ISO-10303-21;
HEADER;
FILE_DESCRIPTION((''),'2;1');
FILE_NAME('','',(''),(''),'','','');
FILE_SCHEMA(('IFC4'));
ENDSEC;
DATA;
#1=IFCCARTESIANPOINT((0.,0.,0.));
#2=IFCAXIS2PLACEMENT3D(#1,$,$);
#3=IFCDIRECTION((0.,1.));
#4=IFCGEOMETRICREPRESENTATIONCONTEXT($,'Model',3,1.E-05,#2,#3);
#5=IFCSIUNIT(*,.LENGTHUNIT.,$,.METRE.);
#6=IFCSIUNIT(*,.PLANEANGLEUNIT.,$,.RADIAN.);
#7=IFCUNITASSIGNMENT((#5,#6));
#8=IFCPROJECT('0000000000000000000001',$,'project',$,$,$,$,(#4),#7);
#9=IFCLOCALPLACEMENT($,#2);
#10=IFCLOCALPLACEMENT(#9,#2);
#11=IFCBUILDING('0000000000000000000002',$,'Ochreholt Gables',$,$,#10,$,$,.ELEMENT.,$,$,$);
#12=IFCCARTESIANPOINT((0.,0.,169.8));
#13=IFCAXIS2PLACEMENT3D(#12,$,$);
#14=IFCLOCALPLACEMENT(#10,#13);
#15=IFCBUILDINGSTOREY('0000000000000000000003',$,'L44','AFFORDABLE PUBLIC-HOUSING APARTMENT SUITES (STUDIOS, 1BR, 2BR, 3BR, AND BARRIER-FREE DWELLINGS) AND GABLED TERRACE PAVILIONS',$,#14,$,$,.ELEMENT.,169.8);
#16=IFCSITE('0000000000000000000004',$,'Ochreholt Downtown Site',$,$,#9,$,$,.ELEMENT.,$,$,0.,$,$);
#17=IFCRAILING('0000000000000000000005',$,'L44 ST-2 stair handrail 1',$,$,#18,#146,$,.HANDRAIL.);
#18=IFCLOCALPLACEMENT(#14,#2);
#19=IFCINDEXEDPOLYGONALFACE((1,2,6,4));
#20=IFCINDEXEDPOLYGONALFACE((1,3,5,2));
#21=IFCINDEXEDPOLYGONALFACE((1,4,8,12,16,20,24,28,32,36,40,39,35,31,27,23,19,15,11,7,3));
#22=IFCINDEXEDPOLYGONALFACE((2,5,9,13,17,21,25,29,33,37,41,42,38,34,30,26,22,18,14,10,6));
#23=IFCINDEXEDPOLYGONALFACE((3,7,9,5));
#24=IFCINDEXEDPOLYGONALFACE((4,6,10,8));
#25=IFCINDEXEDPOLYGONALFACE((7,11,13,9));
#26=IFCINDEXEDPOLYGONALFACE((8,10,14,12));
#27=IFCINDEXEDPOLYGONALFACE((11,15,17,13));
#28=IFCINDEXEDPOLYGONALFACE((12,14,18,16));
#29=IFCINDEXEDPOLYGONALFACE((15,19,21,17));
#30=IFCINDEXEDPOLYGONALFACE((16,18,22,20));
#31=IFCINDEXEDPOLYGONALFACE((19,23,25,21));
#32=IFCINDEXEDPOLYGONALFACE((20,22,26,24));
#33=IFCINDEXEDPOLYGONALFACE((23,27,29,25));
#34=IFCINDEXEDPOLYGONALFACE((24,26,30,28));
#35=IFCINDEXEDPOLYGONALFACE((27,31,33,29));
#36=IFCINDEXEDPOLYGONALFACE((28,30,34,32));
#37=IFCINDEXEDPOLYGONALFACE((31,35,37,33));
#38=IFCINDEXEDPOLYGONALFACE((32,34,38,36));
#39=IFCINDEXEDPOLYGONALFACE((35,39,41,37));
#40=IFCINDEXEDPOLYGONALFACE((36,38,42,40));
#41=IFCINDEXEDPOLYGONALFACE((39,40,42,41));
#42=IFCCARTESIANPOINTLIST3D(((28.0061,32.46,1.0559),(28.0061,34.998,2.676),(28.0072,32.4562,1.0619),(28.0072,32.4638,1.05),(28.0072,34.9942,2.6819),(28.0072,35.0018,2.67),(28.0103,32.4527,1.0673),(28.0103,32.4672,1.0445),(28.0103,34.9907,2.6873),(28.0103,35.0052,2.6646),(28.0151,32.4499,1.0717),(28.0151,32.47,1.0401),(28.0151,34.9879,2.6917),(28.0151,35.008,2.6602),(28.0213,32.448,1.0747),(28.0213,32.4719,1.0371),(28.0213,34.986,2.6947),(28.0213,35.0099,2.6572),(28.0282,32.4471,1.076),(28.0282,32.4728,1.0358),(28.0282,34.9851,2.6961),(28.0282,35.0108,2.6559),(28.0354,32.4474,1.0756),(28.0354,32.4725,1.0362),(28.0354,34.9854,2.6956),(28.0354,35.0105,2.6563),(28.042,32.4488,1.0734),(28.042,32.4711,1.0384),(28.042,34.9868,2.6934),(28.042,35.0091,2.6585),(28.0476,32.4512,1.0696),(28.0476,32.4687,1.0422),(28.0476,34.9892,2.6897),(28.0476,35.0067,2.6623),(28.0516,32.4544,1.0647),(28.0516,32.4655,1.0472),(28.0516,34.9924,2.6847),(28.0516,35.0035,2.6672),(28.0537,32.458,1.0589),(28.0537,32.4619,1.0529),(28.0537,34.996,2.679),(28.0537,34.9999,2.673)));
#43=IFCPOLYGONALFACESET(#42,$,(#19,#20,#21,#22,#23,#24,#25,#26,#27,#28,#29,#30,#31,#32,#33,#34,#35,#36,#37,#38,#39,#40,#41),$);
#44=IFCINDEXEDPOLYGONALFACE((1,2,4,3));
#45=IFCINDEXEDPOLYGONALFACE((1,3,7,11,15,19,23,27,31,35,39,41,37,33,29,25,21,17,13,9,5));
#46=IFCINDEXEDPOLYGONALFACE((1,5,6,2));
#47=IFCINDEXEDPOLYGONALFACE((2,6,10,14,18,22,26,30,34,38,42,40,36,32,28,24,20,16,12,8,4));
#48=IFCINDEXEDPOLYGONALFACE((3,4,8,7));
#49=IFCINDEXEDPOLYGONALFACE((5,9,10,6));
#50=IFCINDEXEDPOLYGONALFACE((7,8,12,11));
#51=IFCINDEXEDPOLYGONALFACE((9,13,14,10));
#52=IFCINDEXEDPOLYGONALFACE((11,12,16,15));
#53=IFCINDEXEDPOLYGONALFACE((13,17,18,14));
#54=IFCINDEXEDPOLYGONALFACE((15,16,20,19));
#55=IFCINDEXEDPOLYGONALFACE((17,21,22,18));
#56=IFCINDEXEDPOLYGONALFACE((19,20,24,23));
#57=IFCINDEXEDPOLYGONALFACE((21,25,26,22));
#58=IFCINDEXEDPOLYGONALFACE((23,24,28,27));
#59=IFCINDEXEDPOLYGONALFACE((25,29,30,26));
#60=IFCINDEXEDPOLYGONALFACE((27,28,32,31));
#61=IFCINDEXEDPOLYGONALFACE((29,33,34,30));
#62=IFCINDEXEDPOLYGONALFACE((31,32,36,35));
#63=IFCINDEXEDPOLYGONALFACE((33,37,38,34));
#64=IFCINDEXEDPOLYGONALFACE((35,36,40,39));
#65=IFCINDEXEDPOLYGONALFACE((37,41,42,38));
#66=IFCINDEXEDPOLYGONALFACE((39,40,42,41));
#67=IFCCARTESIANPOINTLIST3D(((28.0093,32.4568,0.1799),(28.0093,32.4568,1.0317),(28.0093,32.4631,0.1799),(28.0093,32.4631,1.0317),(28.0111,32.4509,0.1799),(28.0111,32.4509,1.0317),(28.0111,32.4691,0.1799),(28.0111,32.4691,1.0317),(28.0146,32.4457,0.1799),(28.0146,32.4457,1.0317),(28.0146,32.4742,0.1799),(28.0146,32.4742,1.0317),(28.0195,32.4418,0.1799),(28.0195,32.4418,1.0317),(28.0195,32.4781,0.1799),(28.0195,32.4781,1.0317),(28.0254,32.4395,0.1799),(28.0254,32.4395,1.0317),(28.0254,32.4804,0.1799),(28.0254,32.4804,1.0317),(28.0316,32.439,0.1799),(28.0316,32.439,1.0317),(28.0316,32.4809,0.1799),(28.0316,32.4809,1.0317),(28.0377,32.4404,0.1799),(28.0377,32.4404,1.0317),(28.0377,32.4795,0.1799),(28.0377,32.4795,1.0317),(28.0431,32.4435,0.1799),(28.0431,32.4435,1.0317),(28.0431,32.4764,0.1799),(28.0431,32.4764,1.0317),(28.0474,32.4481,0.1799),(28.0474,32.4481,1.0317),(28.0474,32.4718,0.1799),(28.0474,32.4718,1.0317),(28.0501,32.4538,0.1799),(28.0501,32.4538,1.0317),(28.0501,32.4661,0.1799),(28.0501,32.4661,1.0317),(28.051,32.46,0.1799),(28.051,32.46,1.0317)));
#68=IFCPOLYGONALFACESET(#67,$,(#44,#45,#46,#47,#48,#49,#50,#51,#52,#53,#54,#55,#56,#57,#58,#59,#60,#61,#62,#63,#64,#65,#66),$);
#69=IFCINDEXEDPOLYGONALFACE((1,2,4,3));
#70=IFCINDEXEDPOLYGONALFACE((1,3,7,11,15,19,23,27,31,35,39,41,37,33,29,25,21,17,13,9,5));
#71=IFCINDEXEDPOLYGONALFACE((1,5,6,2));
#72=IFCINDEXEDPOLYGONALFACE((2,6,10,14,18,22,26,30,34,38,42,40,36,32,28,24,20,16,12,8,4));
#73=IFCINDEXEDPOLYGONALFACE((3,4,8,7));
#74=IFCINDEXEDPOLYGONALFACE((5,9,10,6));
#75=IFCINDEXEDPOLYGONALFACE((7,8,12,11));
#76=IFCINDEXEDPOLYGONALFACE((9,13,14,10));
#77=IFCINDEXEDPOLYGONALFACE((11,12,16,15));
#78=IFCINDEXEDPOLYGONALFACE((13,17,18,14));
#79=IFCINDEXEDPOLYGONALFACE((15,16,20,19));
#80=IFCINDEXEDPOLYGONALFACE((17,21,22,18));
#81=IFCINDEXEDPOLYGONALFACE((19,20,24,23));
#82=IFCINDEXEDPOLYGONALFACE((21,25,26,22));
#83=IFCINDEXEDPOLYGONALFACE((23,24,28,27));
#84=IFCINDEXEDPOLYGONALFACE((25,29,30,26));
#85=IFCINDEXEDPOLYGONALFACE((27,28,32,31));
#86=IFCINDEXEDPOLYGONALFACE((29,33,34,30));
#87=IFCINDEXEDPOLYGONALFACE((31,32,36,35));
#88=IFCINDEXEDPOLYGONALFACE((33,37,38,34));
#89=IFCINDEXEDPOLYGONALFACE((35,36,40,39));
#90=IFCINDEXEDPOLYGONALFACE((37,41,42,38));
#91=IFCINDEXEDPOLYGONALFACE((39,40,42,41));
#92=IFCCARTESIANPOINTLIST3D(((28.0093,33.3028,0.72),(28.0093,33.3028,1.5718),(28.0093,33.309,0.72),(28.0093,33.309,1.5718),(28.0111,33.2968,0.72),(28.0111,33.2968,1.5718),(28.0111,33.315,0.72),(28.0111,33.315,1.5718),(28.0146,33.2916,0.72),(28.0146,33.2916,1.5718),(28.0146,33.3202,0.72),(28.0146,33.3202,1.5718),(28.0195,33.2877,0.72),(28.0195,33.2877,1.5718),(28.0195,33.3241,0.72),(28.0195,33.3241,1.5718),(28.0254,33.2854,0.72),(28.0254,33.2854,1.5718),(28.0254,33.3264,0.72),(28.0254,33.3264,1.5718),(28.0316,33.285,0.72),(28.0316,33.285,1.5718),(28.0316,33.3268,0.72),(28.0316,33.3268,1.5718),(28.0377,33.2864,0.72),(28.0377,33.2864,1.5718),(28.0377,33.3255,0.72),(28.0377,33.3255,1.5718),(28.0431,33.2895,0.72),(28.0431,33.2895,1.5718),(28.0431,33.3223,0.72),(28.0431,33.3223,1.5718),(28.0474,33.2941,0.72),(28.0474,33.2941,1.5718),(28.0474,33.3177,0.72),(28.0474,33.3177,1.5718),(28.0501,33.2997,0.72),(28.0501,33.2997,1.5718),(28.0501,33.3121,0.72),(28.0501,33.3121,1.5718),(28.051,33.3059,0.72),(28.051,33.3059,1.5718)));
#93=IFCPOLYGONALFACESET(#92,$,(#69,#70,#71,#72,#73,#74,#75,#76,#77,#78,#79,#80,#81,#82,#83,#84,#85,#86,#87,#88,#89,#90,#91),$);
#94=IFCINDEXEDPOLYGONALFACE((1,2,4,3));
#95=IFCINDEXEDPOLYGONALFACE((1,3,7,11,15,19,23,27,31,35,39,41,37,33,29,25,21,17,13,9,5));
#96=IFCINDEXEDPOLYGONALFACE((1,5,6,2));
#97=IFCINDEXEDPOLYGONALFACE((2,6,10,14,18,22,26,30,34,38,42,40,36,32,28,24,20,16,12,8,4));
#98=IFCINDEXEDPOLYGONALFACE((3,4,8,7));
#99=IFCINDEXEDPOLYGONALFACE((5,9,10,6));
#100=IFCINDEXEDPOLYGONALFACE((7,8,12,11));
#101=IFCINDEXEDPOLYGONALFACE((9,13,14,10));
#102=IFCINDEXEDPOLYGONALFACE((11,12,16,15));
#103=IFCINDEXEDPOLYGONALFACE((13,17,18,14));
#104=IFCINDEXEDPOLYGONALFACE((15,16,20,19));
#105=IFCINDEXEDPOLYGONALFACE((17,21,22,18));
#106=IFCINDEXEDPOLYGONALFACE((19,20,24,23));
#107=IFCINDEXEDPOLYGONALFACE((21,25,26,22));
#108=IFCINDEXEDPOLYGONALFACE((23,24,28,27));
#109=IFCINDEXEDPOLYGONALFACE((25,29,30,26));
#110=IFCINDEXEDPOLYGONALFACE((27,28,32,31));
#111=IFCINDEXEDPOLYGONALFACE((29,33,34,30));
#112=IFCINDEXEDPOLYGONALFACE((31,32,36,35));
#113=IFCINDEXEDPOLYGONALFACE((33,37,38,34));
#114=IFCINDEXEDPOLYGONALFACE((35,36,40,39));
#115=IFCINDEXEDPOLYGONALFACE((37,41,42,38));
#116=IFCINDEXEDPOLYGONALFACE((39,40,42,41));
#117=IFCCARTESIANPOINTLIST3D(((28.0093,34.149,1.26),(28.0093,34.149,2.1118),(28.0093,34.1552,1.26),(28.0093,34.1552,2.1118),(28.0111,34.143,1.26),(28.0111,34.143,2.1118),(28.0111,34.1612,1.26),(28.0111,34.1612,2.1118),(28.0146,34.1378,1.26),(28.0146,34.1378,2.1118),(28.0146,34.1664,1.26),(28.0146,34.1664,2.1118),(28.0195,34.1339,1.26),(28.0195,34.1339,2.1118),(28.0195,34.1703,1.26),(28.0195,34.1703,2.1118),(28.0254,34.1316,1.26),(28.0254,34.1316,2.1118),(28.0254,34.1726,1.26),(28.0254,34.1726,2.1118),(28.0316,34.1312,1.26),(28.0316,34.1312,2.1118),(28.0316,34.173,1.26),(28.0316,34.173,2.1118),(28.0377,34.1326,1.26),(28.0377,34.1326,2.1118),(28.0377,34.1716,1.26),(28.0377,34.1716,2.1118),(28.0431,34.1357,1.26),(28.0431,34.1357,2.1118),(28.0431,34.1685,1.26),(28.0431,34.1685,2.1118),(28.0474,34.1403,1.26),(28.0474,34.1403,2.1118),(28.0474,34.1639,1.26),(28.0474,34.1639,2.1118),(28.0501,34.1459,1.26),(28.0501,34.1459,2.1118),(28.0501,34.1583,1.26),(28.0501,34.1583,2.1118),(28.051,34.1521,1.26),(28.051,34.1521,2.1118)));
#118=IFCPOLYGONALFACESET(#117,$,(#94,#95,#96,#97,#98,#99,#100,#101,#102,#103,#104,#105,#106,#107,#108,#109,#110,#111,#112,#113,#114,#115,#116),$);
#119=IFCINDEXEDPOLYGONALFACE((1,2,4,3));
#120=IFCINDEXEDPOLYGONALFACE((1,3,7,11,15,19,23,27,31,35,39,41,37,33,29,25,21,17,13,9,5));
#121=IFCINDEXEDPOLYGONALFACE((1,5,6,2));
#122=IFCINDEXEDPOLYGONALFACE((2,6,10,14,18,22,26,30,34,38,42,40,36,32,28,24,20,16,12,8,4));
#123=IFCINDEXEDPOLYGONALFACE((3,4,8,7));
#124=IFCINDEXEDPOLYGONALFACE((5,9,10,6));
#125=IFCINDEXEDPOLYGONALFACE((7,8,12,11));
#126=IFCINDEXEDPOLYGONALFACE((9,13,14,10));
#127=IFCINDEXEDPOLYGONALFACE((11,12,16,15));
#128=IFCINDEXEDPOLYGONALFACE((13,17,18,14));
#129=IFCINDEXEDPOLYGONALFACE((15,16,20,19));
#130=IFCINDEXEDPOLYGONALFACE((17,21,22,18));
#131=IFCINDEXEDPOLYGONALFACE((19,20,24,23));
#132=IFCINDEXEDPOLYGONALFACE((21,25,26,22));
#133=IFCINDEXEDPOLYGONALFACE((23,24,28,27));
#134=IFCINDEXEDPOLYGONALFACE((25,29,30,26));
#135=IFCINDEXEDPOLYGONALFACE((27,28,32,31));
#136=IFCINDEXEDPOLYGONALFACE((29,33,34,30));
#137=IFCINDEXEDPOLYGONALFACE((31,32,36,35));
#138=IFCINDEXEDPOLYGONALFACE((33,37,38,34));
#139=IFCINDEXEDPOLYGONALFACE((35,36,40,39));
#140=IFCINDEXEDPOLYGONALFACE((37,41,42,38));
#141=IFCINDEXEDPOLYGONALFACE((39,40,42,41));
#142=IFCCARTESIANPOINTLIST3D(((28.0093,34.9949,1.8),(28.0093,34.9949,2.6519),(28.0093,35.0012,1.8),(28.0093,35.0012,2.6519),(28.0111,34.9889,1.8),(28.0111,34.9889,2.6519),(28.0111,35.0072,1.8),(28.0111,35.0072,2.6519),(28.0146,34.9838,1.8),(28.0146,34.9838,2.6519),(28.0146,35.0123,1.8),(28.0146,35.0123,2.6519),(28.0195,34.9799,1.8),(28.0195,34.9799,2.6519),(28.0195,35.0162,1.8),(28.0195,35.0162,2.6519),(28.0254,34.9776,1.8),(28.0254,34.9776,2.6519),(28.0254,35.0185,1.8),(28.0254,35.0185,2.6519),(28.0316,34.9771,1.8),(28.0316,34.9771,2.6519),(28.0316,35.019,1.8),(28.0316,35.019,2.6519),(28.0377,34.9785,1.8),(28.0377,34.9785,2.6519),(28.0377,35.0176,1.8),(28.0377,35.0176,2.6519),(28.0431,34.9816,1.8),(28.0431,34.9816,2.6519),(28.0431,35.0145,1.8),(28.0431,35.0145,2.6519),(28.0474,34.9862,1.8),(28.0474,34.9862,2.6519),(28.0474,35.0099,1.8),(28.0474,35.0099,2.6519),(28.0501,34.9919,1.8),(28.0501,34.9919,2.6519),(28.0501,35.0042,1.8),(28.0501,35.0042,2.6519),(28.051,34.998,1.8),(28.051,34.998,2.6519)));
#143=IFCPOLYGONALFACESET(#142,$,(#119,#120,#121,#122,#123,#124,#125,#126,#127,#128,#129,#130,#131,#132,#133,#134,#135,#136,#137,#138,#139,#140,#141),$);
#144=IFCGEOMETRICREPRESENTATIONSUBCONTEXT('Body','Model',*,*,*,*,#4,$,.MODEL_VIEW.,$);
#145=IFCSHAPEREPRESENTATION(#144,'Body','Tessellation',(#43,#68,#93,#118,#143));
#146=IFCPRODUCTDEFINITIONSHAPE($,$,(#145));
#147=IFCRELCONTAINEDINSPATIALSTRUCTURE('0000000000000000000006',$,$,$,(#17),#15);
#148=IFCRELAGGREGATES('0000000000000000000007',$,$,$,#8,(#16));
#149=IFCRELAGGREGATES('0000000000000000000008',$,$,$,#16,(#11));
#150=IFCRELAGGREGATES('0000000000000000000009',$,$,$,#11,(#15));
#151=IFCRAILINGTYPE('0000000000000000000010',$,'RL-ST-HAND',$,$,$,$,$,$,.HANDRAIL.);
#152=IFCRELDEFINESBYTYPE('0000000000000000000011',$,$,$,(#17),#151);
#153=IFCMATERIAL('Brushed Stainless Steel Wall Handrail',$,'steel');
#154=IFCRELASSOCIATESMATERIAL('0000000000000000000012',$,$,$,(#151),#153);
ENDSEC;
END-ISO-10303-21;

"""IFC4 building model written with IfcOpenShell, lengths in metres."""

from ifc_helpers import new_model, si_unit, direction, frame, origin, origin_2d, place, context, subcontext, project, spatial, circle, extrude, material, type_object, element, save


model = new_model("IFC4")

# Units and contexts
model_context = context("Model", 3, precision=1e-05, world=origin(), true_north=direction((0.0, 1.0)))
body_context = subcontext(model_context, "Body", "Model", "MODEL_VIEW")
ifc_project = project(units=[si_unit("LENGTHUNIT", "METRE"), si_unit("PLANEANGLEUNIT", "RADIAN")], contexts=[model_context])

# Site, building, storey
site_placement = place(None, origin())
site = spatial("IfcSite", under=ifc_project, at=site_placement, Name="Ochreholt Downtown Site", CompositionType="ELEMENT", RefElevation=0.0)
building_placement = place(site_placement, origin())
building = spatial("IfcBuilding", under=site, at=building_placement, Name="Ochreholt Gables", CompositionType="ELEMENT")
storey_placement = place(building_placement, frame((0.0, 0.0, 169.8)))
storey = spatial("IfcBuildingStorey", under=building, at=storey_placement, Name="L44", Description="AFFORDABLE PUBLIC-HOUSING APARTMENT SUITES (STUDIOS, 1BR, 2BR, 3BR, AND BARRIER-FREE DWELLINGS) AND GABLED TERRACE PAVILIONS", CompositionType="ELEMENT", Elevation=169.8)

# Railing
ifc_material_1 = material(Name="Brushed Stainless Steel Wall Handrail", Category="steel")
railing_type_1 = type_object("IfcRailingType", Name="RL-ST-HAND", PredefinedType="HANDRAIL", material=ifc_material_1)
railing_1_placement = place(storey_placement, frame((28.03, 32.46, 0.1799)))
element("IfcRailing", 1, at=railing_1_placement, inside=storey, type_object=railing_type_1, Name="L44 ST-2 stair handrail 1", PredefinedType="HANDRAIL", context=body_context, shape_type="SweptSolid", body=[
    extrude(circle(Radius=0.0239, at=origin_2d()), frame((0.0, 0.0, 0.876), z_axis=(0.0, 0.842913, 0.53805), x_axis=(-1.0, 0.0, 0.0)), (0.0, 0.0, 1.0), 3.011),
    extrude(circle(Radius=0.021, at=origin_2d()), origin(), (0.0, 0.0, 1.0), 0.8518),
    extrude(circle(Radius=0.021, at=origin_2d()), frame((0.0, 0.8459, 0.54)), (0.0, 0.0, 1.0), 0.8518),
    extrude(circle(Radius=0.021, at=origin_2d()), frame((0.0, 1.6921, 1.0801)), (0.0, 0.0, 1.0), 0.8518),
    extrude(circle(Radius=0.021, at=origin_2d()), frame((0.0, 2.5381, 1.6201)), (0.0, 0.0, 1.0), 0.8518),
])

save(model, "model.ifc")
